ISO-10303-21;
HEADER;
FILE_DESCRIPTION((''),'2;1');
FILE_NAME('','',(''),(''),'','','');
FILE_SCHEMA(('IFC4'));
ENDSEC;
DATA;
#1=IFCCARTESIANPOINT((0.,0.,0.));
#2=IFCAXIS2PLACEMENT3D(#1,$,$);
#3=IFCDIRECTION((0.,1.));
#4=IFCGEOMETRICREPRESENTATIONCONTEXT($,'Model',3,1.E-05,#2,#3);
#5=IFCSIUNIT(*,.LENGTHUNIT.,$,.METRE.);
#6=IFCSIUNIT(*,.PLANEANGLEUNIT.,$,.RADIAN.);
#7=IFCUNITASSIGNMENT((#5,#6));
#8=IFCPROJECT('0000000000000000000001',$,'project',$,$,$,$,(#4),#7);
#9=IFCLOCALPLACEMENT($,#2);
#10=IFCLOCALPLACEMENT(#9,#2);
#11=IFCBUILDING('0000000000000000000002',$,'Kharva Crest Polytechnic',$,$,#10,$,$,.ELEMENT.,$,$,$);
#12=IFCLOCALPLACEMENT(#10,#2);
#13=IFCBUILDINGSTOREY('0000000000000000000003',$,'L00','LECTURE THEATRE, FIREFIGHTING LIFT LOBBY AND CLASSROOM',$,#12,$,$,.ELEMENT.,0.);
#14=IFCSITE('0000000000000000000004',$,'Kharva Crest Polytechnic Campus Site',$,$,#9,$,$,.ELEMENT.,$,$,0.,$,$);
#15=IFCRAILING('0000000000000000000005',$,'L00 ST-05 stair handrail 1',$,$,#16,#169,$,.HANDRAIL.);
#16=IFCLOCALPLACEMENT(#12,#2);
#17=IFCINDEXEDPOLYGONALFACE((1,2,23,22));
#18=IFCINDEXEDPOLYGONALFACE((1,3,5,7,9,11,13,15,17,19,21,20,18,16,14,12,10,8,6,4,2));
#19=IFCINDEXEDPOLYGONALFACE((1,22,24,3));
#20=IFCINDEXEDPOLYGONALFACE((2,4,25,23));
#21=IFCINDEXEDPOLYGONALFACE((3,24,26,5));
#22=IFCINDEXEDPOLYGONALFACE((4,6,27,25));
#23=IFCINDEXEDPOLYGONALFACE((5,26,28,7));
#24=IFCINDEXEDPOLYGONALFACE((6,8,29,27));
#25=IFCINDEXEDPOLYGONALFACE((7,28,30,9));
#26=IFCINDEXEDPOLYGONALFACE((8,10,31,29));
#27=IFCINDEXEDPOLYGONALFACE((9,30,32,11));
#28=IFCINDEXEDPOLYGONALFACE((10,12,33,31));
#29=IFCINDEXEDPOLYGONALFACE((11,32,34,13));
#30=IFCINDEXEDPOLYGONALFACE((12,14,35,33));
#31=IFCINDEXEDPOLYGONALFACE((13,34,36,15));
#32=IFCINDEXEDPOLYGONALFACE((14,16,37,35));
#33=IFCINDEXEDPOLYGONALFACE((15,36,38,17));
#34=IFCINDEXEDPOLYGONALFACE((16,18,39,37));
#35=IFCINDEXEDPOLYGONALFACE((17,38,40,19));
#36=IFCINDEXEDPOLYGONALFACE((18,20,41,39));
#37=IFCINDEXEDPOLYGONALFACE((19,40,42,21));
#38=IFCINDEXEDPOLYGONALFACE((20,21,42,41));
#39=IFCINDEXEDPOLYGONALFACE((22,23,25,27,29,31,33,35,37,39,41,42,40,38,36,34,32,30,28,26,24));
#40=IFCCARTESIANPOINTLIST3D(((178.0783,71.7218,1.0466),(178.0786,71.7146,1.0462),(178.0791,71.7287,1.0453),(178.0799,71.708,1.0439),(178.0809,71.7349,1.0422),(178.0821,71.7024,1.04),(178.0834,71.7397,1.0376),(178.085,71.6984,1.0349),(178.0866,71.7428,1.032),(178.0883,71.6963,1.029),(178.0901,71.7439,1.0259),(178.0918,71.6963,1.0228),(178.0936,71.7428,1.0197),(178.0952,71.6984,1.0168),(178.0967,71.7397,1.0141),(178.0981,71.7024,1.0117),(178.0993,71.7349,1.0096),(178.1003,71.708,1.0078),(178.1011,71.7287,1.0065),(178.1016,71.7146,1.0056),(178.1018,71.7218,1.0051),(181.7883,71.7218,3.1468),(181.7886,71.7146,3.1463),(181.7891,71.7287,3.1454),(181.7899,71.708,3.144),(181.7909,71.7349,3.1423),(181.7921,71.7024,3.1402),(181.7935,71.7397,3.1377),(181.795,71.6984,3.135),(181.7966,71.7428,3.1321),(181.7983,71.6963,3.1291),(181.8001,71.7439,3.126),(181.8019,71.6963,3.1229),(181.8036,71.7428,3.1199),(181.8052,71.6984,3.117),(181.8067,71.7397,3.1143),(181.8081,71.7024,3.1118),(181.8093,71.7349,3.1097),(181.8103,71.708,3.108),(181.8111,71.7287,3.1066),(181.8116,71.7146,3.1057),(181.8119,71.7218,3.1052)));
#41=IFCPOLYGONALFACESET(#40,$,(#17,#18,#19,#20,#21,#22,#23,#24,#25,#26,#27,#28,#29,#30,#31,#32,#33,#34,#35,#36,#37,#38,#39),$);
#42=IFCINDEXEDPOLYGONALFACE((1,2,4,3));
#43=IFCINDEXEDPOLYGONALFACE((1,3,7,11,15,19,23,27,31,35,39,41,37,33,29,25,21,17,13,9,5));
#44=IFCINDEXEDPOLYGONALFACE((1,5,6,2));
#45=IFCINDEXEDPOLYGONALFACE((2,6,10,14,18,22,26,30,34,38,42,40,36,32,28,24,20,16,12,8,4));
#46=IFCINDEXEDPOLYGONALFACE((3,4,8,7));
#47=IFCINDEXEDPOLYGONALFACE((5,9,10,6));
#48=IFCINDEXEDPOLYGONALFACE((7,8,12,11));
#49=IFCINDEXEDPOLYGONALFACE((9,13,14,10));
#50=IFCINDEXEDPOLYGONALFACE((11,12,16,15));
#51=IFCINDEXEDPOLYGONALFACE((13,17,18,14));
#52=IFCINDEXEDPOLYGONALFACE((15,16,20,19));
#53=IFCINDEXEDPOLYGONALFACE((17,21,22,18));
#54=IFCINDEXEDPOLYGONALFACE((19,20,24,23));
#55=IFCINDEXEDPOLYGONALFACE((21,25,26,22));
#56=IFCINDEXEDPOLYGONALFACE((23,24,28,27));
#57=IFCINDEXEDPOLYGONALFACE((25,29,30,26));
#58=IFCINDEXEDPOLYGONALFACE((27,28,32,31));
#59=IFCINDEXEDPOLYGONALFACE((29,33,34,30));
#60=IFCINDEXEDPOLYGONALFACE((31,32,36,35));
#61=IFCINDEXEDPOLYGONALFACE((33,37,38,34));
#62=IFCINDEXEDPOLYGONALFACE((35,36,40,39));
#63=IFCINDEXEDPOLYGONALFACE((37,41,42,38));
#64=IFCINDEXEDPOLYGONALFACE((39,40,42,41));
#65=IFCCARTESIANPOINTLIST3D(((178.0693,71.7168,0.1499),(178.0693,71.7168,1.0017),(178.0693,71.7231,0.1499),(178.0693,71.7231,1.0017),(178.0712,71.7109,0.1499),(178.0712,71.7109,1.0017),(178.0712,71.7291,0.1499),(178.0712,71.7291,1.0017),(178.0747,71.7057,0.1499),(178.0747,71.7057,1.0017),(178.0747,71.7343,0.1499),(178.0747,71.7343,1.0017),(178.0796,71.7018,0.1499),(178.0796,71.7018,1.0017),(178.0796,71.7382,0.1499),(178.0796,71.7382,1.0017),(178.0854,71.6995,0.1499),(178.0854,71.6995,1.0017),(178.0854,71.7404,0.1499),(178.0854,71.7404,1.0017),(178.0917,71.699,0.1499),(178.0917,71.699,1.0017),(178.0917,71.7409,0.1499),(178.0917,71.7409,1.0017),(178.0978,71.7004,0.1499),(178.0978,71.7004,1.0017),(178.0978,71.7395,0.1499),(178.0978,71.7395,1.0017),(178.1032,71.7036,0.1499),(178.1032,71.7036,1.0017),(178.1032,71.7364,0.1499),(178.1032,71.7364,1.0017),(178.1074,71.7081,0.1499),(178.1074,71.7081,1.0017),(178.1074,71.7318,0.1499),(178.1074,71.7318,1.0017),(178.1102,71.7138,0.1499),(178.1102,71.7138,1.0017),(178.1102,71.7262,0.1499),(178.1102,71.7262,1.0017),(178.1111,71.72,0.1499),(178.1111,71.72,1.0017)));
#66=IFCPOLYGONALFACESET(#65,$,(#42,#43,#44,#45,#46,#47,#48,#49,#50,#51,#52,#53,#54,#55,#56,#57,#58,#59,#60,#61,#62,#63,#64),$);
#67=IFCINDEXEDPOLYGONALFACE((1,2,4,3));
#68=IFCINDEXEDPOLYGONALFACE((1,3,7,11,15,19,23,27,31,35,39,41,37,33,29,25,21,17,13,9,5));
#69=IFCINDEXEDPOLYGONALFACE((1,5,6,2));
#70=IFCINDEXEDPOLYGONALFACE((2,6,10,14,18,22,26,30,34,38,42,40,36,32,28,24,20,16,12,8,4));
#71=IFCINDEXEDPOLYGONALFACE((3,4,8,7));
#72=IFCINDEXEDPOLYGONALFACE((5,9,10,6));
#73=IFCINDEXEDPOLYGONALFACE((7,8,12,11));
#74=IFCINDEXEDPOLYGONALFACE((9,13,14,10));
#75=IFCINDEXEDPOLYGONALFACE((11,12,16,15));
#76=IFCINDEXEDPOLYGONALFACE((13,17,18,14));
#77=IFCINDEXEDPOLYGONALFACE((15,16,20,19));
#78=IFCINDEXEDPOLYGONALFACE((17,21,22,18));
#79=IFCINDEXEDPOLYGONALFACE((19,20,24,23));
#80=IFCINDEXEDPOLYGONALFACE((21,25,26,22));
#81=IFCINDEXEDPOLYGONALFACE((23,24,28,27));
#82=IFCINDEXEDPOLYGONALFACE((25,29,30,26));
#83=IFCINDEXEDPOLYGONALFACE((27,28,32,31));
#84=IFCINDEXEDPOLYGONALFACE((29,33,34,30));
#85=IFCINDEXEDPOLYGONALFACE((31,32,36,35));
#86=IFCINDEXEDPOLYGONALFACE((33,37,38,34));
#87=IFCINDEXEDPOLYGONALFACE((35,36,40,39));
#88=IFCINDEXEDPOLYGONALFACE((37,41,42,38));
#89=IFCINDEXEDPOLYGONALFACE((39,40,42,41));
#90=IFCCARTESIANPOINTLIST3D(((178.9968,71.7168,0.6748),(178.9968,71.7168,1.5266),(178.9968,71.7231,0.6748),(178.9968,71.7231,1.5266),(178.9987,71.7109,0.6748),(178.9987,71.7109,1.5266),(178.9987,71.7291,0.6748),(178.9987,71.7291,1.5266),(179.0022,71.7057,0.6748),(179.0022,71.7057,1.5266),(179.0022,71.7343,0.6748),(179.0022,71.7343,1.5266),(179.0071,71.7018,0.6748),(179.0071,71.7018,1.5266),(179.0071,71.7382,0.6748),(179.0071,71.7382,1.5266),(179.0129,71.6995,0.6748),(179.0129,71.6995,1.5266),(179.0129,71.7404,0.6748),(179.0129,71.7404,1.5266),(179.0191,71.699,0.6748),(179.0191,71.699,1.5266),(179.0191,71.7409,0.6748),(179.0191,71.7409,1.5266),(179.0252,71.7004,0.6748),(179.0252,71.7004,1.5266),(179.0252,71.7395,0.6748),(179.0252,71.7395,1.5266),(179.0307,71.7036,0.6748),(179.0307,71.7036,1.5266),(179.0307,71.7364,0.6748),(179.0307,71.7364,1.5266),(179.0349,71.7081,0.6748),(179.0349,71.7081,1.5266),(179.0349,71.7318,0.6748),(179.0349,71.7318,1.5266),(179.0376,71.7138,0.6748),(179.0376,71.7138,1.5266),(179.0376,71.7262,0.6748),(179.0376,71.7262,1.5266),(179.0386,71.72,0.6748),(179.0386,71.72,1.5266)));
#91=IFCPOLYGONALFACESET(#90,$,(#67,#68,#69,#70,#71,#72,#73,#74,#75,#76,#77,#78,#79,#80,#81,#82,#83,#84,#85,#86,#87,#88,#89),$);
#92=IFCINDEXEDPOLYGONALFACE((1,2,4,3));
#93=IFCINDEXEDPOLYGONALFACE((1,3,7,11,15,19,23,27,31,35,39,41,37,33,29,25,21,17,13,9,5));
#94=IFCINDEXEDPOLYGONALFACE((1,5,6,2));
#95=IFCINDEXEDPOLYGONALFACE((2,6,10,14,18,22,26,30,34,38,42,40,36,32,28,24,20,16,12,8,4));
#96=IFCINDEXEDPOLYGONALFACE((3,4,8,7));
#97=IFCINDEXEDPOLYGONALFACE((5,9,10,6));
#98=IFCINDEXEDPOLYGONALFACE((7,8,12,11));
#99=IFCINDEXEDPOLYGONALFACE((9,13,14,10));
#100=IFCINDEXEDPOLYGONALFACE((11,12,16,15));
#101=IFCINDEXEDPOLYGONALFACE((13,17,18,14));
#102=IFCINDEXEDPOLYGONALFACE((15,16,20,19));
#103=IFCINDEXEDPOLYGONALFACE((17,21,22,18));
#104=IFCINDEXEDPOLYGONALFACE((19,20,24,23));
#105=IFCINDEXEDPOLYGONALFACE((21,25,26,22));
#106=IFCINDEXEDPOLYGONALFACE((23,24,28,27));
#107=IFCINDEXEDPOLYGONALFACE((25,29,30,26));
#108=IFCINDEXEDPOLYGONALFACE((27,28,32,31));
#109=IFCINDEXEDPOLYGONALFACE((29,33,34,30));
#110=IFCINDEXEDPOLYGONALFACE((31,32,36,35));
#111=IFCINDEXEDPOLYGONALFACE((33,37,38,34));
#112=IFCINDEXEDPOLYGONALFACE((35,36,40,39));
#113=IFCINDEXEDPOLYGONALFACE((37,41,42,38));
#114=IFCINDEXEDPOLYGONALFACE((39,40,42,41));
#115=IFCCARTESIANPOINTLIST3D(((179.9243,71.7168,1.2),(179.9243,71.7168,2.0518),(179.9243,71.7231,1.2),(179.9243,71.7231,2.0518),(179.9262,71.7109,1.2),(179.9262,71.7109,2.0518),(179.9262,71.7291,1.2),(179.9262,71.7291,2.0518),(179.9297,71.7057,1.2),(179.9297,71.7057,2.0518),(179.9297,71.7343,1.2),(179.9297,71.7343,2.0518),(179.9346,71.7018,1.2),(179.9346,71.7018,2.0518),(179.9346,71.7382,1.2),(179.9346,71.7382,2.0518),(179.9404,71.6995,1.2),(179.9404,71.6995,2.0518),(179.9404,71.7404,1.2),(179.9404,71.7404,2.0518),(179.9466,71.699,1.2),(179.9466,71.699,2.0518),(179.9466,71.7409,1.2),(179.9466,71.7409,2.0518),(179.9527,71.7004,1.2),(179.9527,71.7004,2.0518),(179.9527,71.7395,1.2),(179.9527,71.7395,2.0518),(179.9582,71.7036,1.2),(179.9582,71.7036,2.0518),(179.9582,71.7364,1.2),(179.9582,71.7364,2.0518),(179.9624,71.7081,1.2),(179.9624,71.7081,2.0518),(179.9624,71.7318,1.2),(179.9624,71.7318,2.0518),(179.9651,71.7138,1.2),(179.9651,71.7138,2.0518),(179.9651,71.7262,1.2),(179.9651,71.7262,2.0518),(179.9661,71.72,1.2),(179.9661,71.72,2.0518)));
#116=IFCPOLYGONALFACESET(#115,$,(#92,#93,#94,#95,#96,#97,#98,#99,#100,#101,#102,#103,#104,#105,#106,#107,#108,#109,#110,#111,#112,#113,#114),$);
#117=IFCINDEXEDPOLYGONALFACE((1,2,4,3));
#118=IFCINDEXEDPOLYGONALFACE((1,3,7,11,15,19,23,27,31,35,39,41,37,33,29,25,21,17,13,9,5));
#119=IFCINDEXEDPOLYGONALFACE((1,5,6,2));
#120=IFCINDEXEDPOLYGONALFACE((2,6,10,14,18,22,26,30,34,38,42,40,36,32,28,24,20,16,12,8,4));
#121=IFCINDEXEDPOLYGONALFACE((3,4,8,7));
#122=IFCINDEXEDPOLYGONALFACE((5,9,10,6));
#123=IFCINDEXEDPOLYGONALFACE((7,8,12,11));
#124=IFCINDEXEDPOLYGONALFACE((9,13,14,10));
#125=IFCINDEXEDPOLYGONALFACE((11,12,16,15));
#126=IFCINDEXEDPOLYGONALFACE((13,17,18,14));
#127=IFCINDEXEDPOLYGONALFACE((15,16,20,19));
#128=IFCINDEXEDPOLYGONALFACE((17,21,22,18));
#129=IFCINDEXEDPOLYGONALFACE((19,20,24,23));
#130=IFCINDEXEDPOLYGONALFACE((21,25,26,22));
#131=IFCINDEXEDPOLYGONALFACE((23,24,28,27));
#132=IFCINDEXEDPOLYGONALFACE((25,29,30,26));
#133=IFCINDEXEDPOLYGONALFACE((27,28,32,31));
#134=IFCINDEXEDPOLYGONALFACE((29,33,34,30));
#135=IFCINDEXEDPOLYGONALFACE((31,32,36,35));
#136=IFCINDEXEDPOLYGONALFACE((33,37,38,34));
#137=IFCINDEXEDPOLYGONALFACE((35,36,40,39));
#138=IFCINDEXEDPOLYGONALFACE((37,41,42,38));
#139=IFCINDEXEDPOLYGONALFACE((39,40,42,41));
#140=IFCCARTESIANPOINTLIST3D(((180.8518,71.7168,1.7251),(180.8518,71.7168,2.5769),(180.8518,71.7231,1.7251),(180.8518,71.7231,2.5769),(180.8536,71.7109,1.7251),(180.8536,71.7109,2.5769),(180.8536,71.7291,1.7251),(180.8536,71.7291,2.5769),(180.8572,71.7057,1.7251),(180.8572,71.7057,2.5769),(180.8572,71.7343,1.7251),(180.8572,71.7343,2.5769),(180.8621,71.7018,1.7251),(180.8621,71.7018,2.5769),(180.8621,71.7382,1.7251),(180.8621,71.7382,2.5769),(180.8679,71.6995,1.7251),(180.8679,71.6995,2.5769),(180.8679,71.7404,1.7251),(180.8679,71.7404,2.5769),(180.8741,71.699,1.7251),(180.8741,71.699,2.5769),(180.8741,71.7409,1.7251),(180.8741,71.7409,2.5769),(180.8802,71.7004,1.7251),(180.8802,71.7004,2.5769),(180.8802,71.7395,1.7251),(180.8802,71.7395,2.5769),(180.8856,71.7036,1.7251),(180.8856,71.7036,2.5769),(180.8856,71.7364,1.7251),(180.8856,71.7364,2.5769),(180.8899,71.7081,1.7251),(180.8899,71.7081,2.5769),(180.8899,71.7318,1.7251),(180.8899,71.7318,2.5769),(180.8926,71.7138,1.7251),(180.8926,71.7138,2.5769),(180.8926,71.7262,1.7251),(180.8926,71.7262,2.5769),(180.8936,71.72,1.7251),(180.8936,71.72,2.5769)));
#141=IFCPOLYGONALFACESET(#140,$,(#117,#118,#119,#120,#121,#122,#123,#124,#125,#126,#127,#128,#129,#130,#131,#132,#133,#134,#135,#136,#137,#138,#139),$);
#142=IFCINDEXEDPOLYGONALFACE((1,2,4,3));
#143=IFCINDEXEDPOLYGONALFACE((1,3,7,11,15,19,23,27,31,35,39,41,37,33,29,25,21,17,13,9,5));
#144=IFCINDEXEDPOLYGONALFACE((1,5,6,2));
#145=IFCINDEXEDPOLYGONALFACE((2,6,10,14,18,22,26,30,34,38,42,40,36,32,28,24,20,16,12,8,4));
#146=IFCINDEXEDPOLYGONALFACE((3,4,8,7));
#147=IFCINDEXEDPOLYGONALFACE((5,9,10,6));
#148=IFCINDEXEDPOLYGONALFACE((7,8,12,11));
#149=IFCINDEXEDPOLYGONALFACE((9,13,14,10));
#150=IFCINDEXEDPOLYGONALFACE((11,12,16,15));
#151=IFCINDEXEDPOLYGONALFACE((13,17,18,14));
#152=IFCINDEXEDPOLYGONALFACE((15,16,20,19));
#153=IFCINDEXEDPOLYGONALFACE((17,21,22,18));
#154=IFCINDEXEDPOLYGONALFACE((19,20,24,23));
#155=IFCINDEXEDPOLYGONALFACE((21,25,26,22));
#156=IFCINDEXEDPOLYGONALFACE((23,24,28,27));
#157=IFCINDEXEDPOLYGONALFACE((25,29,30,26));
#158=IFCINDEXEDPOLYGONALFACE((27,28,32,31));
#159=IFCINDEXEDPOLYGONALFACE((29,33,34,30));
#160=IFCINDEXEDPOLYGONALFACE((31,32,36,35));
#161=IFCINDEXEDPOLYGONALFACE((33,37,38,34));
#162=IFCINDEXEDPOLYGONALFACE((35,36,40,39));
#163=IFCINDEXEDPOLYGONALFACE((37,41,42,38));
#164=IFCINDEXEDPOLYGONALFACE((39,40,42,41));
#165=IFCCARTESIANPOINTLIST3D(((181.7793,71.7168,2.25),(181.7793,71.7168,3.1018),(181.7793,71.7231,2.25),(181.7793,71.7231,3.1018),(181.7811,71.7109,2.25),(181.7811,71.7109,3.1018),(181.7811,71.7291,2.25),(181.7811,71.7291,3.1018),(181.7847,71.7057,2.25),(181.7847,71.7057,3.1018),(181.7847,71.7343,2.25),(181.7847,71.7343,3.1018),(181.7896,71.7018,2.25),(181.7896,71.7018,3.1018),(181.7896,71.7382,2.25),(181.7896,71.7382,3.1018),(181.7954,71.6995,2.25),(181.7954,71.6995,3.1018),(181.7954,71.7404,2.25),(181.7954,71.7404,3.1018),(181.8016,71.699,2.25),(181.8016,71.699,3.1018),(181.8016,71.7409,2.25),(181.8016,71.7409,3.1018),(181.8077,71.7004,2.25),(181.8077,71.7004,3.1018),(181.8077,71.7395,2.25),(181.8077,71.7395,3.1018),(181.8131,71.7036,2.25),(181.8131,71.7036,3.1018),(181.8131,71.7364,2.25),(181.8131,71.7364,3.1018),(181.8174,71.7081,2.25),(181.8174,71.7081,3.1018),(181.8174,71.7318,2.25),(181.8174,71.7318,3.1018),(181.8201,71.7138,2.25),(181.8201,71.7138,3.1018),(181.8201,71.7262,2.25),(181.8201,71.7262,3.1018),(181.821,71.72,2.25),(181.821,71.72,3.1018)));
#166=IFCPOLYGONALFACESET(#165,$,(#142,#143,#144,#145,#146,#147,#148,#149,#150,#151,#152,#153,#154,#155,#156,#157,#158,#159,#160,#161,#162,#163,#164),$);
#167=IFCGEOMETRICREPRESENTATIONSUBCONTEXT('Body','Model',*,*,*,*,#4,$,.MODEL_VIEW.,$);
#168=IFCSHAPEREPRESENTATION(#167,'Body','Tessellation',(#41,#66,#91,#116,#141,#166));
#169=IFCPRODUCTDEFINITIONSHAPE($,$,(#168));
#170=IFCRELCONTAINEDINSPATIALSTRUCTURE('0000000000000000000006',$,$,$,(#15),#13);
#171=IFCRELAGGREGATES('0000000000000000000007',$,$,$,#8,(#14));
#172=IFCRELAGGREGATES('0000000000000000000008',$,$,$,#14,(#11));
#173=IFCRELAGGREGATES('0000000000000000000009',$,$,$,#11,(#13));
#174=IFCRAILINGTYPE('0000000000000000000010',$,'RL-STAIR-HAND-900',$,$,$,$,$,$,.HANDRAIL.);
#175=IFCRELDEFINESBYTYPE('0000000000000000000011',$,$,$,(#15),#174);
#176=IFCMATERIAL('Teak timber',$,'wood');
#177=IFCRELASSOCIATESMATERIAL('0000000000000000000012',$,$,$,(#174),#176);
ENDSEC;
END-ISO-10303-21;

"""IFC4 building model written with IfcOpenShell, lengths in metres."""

from ifc_helpers import new_model, si_unit, direction, frame, origin, origin_2d, place, context, subcontext, project, spatial, circle, extrude, material, type_object, element, save


model = new_model("IFC4")

# Units and contexts
model_context = context("Model", 3, precision=1e-05, world=origin(), true_north=direction((0.0, 1.0)))
body_context = subcontext(model_context, "Body", "Model", "MODEL_VIEW")
ifc_project = project(units=[si_unit("LENGTHUNIT", "METRE"), si_unit("PLANEANGLEUNIT", "RADIAN")], contexts=[model_context])

# Site, building, storey
site_placement = place(None, origin())
site = spatial("IfcSite", under=ifc_project, at=site_placement, Name="Kharva Crest Polytechnic Campus Site", CompositionType="ELEMENT", RefElevation=0.0)
building_placement = place(site_placement, origin())
building = spatial("IfcBuilding", under=site, at=building_placement, Name="Kharva Crest Polytechnic", CompositionType="ELEMENT")
storey_placement = place(building_placement, origin())
storey = spatial("IfcBuildingStorey", under=building, at=storey_placement, Name="L00", Description="LECTURE THEATRE, FIREFIGHTING LIFT LOBBY AND CLASSROOM", CompositionType="ELEMENT", Elevation=0.0)

# Railing
ifc_material_1 = material(Name="Teak timber", Category="wood")
railing_type_1 = type_object("IfcRailingType", Name="RL-STAIR-HAND-900", PredefinedType="HANDRAIL", material=ifc_material_1)
railing_1_placement = place(storey_placement, frame((178.0901, 71.72, 0.1499)))
element("IfcRailing", 1, at=railing_1_placement, inside=storey, type_object=railing_type_1, Name="L00 ST-05 stair handrail 1", PredefinedType="HANDRAIL", context=body_context, shape_type="SweptSolid", body=[
    extrude(circle(Radius=0.0239, at=origin_2d()), frame((0.0, 0.0, 0.876), z_axis=(0.870245, 0.0, 0.492619), x_axis=(0.0, 1.0, 0.0)), (0.0, 0.0, 1.0), 4.2632),
    extrude(circle(Radius=0.021, at=origin_2d()), origin(), (0.0, 0.0, 1.0), 0.8518),
    extrude(circle(Radius=0.021, at=origin_2d()), frame((0.9275, 0.0, 0.5249)), (0.0, 0.0, 1.0), 0.8518),
    extrude(circle(Radius=0.021, at=origin_2d()), frame((1.855, 0.0, 1.05)), (0.0, 0.0, 1.0), 0.8518),
    extrude(circle(Radius=0.021, at=origin_2d()), frame((2.7825, 0.0, 1.5752)), (0.0, 0.0, 1.0), 0.8518),
    extrude(circle(Radius=0.021, at=origin_2d()), frame((3.71, 0.0, 2.1001)), (0.0, 0.0, 1.0), 0.8518),
])

save(model, "model.ifc")
